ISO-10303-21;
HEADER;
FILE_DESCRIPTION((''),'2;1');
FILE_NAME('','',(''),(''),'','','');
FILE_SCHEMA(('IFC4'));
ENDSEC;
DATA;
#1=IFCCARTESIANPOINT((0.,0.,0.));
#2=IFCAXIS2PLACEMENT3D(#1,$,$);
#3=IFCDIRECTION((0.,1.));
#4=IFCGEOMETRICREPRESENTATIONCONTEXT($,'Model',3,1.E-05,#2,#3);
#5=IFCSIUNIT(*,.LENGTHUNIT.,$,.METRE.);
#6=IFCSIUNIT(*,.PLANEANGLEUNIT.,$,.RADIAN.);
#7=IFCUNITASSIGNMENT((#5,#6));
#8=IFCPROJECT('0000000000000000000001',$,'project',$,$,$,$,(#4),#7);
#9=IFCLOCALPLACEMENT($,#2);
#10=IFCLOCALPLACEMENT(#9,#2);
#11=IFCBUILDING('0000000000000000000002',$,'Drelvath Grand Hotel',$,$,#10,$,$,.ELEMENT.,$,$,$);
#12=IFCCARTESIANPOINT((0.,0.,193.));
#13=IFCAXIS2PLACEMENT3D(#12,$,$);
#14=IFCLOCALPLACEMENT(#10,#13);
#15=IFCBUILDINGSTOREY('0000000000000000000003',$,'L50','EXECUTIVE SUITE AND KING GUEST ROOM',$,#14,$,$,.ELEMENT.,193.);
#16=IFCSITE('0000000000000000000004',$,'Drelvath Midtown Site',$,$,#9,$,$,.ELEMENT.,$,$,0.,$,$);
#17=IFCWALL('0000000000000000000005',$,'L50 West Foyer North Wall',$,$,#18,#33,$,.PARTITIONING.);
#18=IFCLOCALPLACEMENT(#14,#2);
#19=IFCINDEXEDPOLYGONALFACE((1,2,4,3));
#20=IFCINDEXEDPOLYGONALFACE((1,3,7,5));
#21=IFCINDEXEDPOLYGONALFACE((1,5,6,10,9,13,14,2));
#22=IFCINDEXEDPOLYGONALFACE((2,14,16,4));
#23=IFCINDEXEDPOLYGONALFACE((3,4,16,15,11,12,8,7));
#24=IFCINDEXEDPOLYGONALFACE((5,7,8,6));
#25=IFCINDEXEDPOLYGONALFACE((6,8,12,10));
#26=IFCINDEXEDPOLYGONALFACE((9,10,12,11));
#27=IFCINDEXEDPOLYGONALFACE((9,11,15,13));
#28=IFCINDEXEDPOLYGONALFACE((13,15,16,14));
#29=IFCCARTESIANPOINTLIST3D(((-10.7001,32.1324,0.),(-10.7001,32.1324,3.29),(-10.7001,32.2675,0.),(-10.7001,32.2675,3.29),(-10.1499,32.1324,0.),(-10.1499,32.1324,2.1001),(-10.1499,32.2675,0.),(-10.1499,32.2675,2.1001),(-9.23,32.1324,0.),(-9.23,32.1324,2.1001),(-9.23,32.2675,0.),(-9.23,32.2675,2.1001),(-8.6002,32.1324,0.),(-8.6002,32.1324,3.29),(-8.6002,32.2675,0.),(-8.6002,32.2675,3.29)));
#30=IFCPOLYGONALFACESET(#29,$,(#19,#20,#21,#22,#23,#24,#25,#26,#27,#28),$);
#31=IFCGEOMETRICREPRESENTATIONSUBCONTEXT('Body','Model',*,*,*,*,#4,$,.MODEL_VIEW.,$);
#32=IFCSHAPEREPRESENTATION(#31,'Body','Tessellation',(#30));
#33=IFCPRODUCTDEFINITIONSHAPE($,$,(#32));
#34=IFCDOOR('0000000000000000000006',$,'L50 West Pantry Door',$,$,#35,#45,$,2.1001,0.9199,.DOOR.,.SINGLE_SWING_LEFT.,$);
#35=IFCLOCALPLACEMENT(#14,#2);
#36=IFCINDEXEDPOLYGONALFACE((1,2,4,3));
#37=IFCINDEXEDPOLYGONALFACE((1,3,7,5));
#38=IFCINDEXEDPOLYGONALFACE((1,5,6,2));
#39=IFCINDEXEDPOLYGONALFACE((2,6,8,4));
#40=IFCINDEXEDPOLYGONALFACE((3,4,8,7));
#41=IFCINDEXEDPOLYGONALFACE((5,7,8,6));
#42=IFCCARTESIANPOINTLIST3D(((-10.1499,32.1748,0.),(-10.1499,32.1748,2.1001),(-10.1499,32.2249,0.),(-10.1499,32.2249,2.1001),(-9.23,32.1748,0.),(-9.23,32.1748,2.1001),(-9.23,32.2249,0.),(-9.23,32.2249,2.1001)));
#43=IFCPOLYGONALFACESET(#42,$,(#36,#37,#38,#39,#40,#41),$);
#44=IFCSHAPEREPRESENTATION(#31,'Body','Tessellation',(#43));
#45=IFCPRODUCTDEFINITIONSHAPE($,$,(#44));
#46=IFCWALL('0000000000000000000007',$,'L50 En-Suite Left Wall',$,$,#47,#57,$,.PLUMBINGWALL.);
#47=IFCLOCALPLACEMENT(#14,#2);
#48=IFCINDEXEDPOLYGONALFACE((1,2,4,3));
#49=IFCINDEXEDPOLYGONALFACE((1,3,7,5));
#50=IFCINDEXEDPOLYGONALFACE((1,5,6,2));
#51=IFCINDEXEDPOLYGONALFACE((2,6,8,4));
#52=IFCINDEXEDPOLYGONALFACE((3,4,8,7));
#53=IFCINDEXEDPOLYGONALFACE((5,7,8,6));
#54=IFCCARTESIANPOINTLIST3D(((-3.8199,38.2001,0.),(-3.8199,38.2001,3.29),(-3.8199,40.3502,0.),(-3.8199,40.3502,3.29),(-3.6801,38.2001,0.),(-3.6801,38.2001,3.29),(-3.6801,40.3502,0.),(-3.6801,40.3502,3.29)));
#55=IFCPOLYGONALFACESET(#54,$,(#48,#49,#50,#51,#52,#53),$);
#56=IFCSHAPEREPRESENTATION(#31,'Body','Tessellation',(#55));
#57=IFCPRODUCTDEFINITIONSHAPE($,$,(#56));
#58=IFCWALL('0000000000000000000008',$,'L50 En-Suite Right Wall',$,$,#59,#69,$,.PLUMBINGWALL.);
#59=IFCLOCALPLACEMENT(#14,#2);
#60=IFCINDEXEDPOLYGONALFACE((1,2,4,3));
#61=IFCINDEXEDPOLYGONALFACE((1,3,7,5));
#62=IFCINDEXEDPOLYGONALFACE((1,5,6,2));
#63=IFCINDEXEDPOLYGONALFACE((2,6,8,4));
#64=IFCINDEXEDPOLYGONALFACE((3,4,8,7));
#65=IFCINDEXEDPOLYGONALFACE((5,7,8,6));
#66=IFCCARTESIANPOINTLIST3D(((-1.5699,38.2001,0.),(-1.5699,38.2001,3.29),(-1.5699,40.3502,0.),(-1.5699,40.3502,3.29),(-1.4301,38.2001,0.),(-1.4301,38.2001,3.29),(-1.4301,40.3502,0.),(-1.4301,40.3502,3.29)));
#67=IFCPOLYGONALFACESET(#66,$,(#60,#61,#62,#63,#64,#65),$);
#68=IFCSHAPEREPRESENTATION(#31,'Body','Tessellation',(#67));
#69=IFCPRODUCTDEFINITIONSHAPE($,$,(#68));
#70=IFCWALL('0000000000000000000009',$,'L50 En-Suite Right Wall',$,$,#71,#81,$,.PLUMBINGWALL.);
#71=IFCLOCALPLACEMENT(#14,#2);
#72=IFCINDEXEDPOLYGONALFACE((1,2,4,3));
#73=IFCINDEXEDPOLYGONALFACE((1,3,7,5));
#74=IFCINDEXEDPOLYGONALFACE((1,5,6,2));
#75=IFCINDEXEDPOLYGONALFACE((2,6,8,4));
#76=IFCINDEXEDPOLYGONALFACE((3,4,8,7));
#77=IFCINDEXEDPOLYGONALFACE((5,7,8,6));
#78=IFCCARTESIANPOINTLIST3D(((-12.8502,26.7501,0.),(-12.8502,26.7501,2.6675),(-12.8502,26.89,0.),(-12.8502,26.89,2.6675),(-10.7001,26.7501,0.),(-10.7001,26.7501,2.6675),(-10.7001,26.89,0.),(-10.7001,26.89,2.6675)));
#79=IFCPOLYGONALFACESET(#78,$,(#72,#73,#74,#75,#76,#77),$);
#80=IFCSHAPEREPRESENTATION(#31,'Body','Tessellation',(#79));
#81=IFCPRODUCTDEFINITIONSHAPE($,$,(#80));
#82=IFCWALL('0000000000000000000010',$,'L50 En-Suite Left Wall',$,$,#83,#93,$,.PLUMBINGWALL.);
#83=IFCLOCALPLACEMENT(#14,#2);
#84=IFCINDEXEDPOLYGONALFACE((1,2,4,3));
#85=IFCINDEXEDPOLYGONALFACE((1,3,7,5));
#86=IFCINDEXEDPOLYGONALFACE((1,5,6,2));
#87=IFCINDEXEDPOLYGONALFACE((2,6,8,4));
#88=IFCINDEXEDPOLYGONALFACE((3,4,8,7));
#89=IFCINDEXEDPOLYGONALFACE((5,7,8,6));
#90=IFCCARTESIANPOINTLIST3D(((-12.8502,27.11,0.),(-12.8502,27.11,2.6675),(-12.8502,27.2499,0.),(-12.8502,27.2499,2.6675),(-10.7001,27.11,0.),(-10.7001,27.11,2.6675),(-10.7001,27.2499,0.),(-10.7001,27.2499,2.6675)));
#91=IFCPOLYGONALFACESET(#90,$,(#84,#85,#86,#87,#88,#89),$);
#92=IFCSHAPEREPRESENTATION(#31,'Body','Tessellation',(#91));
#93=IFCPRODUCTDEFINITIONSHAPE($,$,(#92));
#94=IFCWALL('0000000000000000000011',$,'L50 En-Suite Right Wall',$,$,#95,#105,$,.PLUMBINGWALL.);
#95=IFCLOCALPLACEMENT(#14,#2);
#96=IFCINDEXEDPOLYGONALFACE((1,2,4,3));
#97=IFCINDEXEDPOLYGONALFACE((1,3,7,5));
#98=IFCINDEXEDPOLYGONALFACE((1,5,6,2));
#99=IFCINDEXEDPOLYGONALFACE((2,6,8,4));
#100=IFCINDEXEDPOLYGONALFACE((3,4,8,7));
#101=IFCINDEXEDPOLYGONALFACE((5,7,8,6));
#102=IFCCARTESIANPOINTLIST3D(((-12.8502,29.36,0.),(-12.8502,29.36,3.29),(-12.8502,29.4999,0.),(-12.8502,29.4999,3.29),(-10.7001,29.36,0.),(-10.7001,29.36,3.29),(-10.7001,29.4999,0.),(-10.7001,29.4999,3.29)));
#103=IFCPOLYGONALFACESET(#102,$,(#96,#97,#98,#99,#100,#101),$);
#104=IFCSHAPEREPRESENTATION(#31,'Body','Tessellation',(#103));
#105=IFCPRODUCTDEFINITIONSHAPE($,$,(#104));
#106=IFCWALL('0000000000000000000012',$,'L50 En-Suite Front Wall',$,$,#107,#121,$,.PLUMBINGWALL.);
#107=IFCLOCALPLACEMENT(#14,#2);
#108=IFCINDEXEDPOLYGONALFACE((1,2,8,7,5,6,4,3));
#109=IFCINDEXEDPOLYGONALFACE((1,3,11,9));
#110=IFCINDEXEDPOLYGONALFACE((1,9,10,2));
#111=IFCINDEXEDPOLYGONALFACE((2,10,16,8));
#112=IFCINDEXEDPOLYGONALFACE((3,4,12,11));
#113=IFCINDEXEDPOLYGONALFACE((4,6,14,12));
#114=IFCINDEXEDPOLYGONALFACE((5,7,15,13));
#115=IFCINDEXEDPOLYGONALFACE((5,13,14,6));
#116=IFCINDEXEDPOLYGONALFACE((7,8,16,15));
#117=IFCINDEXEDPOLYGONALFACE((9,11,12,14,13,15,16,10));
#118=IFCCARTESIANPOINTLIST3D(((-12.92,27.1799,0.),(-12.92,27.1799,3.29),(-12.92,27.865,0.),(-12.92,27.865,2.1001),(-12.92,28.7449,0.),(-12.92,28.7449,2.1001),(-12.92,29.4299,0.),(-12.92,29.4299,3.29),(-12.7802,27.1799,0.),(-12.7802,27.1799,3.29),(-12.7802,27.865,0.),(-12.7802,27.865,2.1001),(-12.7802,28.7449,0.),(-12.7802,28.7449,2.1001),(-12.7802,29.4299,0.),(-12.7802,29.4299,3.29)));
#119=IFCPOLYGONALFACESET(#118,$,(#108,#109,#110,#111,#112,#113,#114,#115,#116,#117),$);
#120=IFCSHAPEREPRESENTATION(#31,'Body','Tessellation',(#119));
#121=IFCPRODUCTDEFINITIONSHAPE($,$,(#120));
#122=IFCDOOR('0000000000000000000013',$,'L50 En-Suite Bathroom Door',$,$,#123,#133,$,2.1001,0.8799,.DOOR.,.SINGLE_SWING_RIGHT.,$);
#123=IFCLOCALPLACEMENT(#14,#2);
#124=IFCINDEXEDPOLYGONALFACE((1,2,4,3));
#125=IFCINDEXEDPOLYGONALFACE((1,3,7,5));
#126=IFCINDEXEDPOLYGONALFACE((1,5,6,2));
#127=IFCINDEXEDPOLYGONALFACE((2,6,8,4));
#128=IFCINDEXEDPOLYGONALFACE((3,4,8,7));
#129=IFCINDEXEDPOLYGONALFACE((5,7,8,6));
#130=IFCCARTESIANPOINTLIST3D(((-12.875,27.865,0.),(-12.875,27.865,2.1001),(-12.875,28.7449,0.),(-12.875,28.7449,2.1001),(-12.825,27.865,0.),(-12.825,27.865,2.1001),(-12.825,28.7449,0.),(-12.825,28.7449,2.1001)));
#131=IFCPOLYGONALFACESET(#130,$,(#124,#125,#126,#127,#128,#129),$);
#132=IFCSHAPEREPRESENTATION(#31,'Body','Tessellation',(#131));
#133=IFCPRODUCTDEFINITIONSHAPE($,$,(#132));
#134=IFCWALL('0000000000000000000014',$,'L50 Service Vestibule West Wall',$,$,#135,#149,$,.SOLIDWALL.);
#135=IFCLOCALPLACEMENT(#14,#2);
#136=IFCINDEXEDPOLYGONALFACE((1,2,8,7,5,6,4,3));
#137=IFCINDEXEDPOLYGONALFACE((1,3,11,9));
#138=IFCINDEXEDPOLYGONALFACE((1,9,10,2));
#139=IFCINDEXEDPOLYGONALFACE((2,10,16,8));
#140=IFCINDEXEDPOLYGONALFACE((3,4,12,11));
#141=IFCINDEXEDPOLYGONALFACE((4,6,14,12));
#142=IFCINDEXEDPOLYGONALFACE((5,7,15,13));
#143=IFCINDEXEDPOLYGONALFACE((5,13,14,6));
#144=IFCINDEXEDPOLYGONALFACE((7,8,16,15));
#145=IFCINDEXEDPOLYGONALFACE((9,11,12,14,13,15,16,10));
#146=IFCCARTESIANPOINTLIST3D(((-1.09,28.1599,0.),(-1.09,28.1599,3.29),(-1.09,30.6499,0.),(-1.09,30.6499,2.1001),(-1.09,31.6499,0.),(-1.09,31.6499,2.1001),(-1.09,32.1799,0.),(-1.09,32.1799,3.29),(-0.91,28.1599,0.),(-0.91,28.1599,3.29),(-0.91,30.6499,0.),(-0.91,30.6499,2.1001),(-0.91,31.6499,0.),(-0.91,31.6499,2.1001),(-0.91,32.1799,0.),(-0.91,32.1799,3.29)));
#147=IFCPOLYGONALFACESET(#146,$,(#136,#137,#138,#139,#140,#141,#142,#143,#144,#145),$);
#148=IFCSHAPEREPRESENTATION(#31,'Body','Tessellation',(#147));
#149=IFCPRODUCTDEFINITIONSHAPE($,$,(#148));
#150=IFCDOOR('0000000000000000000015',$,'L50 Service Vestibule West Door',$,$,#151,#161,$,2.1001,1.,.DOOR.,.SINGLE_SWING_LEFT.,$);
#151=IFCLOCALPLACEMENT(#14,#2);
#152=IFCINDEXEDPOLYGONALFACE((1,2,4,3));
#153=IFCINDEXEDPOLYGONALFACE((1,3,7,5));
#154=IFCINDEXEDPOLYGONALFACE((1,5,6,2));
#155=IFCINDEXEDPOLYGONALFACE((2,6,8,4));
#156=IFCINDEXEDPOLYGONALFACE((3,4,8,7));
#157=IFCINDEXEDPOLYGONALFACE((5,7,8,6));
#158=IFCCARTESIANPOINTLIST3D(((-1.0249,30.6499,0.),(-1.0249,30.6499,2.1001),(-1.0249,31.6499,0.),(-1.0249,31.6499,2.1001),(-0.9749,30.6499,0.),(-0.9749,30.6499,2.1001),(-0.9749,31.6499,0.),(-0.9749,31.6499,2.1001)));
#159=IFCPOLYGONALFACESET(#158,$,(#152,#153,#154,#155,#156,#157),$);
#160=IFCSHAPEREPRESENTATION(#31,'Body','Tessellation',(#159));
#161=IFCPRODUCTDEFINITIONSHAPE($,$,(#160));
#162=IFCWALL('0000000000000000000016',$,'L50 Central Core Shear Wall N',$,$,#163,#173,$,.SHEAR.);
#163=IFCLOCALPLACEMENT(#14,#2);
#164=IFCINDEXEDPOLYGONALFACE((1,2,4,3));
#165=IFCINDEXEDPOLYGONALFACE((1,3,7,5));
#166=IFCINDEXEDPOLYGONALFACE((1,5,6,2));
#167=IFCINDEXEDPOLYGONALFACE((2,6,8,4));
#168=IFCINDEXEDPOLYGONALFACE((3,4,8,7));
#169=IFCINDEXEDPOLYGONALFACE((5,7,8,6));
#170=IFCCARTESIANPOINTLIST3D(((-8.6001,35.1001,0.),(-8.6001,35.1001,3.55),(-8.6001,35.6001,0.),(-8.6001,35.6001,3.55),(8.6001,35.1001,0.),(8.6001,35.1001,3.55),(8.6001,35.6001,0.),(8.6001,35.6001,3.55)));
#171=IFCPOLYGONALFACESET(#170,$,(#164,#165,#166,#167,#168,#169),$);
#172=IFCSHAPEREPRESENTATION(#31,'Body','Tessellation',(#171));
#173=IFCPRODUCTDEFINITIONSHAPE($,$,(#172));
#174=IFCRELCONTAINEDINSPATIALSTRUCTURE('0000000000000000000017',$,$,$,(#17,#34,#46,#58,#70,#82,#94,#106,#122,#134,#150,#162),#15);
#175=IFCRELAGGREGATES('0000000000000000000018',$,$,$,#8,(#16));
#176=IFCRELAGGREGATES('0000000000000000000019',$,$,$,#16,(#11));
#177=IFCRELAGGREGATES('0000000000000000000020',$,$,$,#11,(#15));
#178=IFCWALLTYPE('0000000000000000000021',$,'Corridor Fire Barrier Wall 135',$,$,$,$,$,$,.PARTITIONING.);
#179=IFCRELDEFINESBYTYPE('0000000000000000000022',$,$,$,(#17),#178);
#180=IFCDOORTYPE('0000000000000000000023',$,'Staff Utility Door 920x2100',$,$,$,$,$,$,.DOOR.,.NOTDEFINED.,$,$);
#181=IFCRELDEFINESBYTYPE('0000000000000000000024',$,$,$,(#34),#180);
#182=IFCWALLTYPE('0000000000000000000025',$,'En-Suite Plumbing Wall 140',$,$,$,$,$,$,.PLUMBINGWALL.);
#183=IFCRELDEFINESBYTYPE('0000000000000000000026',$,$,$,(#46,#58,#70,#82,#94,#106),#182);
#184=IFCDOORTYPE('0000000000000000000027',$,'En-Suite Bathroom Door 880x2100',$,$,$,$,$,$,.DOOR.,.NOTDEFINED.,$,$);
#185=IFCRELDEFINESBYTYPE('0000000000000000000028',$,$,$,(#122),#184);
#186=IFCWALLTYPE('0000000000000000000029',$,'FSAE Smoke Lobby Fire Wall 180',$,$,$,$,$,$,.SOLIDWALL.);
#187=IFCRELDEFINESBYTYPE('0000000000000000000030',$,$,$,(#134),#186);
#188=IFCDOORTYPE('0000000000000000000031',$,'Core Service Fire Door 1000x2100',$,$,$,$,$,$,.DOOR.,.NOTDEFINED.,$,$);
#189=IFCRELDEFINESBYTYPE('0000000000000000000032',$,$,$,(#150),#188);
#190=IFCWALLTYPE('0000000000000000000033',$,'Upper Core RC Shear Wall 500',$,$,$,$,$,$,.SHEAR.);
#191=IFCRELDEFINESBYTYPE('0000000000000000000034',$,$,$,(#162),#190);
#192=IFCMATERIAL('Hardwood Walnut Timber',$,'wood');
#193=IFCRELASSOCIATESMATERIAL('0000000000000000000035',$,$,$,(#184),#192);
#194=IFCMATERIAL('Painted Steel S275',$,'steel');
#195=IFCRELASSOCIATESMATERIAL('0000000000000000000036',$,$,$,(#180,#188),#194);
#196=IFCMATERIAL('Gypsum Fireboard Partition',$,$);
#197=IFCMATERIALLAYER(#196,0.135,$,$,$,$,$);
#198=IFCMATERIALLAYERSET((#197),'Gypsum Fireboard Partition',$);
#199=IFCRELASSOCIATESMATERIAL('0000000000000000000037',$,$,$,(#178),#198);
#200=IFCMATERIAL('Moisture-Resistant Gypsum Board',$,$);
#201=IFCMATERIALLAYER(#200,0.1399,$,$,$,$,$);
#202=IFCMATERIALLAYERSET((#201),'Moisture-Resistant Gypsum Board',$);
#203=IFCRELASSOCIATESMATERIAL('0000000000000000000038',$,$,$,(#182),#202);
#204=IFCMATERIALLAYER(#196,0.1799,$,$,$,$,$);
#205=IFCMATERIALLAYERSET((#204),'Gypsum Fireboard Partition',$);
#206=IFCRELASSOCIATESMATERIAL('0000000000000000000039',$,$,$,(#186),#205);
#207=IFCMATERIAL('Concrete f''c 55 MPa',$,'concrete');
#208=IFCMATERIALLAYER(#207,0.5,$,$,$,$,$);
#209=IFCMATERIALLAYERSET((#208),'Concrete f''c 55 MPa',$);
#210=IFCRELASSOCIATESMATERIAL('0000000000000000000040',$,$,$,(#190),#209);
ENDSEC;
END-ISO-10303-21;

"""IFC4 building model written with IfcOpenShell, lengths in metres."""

from ifc_helpers import new_model, si_unit, direction, frame, frame_2d, origin, place, context, subcontext, project, spatial, rectangle, extrude, material, layer, layer_set, type_object, element, fill, save


model = new_model("IFC4")

# Units and contexts
model_context = context("Model", 3, precision=1e-05, world=origin(), true_north=direction((0.0, 1.0)))
body_context = subcontext(model_context, "Body", "Model", "MODEL_VIEW")
ifc_project = project(units=[si_unit("LENGTHUNIT", "METRE"), si_unit("PLANEANGLEUNIT", "RADIAN")], contexts=[model_context])

# Site, building, storey
site_placement = place(None, origin())
site = spatial("IfcSite", under=ifc_project, at=site_placement, Name="Drelvath Midtown Site", CompositionType="ELEMENT", RefElevation=0.0)
building_placement = place(site_placement, origin())
building = spatial("IfcBuilding", under=site, at=building_placement, Name="Drelvath Grand Hotel", CompositionType="ELEMENT")
storey_placement = place(building_placement, frame((0.0, 0.0, 193.0)))
storey = spatial("IfcBuildingStorey", under=building, at=storey_placement, Name="L50", Description="EXECUTIVE SUITE AND KING GUEST ROOM", CompositionType="ELEMENT", Elevation=193.0)

# Shared definitions
ifc_material_1 = material(Name="Concrete f'c 55 MPa", Category="concrete")

# Shared definitions
ifc_material_2 = material(Name="Hardwood Walnut Timber", Category="wood")
door_type_1 = type_object("IfcDoorType", Name="En-Suite Bathroom Door 880x2100", OperationType="NOTDEFINED", PredefinedType="DOOR", material=ifc_material_2)
ifc_material_3 = material(Name="Painted Steel S275", Category="steel")
door_type_2 = type_object("IfcDoorType", Name="Staff Utility Door 920x2100", OperationType="NOTDEFINED", PredefinedType="DOOR", material=ifc_material_3)

# Shared definitions
ifc_material_4 = material(Name="Gypsum Fireboard Partition")

# Wall, opening, door
ifc_layer_1 = layer(ifc_material_4, 0.135)
ifc_layer_set_1 = layer_set([ifc_layer_1], Name="Gypsum Fireboard Partition")
wall_type_1 = type_object("IfcWallType", Name="Corridor Fire Barrier Wall 135", PredefinedType="PARTITIONING", material=ifc_layer_set_1)
wall_1_placement = place(storey_placement, frame((-10.7, 32.2, 0.0), z_axis=(0.0, 0.0, 1.0), x_axis=(1.0, 0.0, 0.0)))
wall_1 = element("IfcWall", 1, at=wall_1_placement, inside=storey, type_object=wall_type_1, Name="L50 West Foyer North Wall", PredefinedType="PARTITIONING", context=body_context, shape_type="SweptSolid", body=[
    extrude(rectangle(XDim=2.0999, YDim=0.135, at=frame_2d((1.0498, 0.0))), origin(), (0.0, 0.0, 1.0), 3.29),
])
opening_1_placement = place(wall_1_placement, frame((0.55, 0.0, 0.0)))
opening_1 = element("IfcOpeningElement", 2, at=opening_1_placement, cuts=wall_1, PredefinedType="OPENING", context=body_context, shape_type="SweptSolid", body=[
    extrude(rectangle(XDim=0.9199, YDim=2.1001, at=frame_2d((0.46, 1.05))), frame((0.0, 0.0774, 0.0), z_axis=(0.0, -1.0, 0.0), x_axis=(1.0, 0.0, 0.0)), (0.0, 0.0, 1.0), 0.155),
])
door_1_placement = place(opening_1_placement, origin())
door_1 = element("IfcDoor", 3, at=door_1_placement, inside=storey, type_object=door_type_2, Name="L50 West Pantry Door", OperationType="SINGLE_SWING_LEFT", OverallHeight=2.1001, OverallWidth=0.9199, PredefinedType="DOOR", context=body_context, shape_type="SweptSolid", body=[
    extrude(rectangle(XDim=0.9199, YDim=2.1001, at=frame_2d((0.46, 1.05))), frame((0.0, 0.0249, 0.0), z_axis=(0.0, -1.0, 0.0), x_axis=(1.0, 0.0, 0.0)), (0.0, 0.0, 1.0), 0.05),
])
fill(opening_1, door_1)

# Walls
ifc_material_5 = material(Name="Moisture-Resistant Gypsum Board")
ifc_layer_2 = layer(ifc_material_5, 0.1399)
ifc_layer_set_2 = layer_set([ifc_layer_2], Name="Moisture-Resistant Gypsum Board")
wall_type_2 = type_object("IfcWallType", Name="En-Suite Plumbing Wall 140", PredefinedType="PLUMBINGWALL", material=ifc_layer_set_2)
for number, where, z_axis, x_axis, name in (
    (4, (-3.75, 38.2, 0.0), (0.0, 0.0, 1.0), (0.0, 1.0, 0.0), "L50 En-Suite Left Wall"),
    (5, (-1.5, 38.2, 0.0), (0.0, 0.0, 1.0), (0.0, 1.0, 0.0), "L50 En-Suite Right Wall"),
):
    element("IfcWall", number, at=place(storey_placement, frame(where, z_axis=z_axis, x_axis=x_axis)), inside=storey, type_object=wall_type_2, Name=name, PredefinedType="PLUMBINGWALL", context=body_context, shape_type="SweptSolid", body=[
        extrude(rectangle(XDim=2.1501, YDim=0.1399, at=frame_2d((1.0752, 0.0))), origin(), (0.0, 0.0, 1.0), 3.29),
    ])
for number, where, z_axis, x_axis, name in (
    (6, (-10.7, 26.8201, 0.0), (0.0, 0.0, 1.0), (-1.0, 0.0, 0.0), "L50 En-Suite Right Wall"),
    (7, (-10.7, 27.1799, 0.0), (0.0, 0.0, 1.0), (-1.0, 0.0, 0.0), "L50 En-Suite Left Wall"),
):
    element("IfcWall", number, at=place(storey_placement, frame(where, z_axis=z_axis, x_axis=x_axis)), inside=storey, type_object=wall_type_2, Name=name, PredefinedType="PLUMBINGWALL", context=body_context, shape_type="SweptSolid", body=[
        extrude(rectangle(XDim=2.1501, YDim=0.1399, at=frame_2d((1.0752, 0.0))), origin(), (0.0, 0.0, 1.0), 2.6675),
    ])
wall_2_placement = place(storey_placement, frame((-10.7, 29.4299, 0.0), z_axis=(0.0, 0.0, 1.0), x_axis=(-1.0, 0.0, 0.0)))
element("IfcWall", 8, at=wall_2_placement, inside=storey, type_object=wall_type_2, Name="L50 En-Suite Right Wall", PredefinedType="PLUMBINGWALL", context=body_context, shape_type="SweptSolid", body=[
    extrude(rectangle(XDim=2.1501, YDim=0.1399, at=frame_2d((1.0752, 0.0))), origin(), (0.0, 0.0, 1.0), 3.29),
])

# Walls, openings, doors
wall_3_placement = place(storey_placement, frame((-12.8501, 27.1799, 0.0), z_axis=(0.0, 0.0, 1.0), x_axis=(0.0, 1.0, 0.0)))
wall_3 = element("IfcWall", 9, at=wall_3_placement, inside=storey, type_object=wall_type_2, Name="L50 En-Suite Front Wall", PredefinedType="PLUMBINGWALL", context=body_context, shape_type="SweptSolid", body=[
    extrude(rectangle(XDim=2.25, YDim=0.1399, at=frame_2d((1.125, 0.0))), origin(), (0.0, 0.0, 1.0), 3.29),
])
opening_2_placement = place(wall_3_placement, frame((0.6851, 0.0, 0.0)))
opening_2 = element("IfcOpeningElement", 10, at=opening_2_placement, cuts=wall_3, PredefinedType="OPENING", context=body_context, shape_type="SweptSolid", body=[
    extrude(rectangle(XDim=0.8799, YDim=2.1001, at=frame_2d((0.4399, 1.05))), frame((0.0, 0.0798, 0.0), z_axis=(0.0, -1.0, 0.0), x_axis=(1.0, 0.0, 0.0)), (0.0, 0.0, 1.0), 0.1599),
])
door_2_placement = place(opening_2_placement, origin())
door_2 = element("IfcDoor", 11, at=door_2_placement, inside=storey, type_object=door_type_1, Name="L50 En-Suite Bathroom Door", OperationType="SINGLE_SWING_RIGHT", OverallHeight=2.1001, OverallWidth=0.8799, PredefinedType="DOOR", context=body_context, shape_type="SweptSolid", body=[
    extrude(rectangle(XDim=0.8799, YDim=2.1001, at=frame_2d((0.4399, 1.05))), frame((0.0, 0.0249, 0.0), z_axis=(0.0, -1.0, 0.0), x_axis=(1.0, 0.0, 0.0)), (0.0, 0.0, 1.0), 0.05),
])
fill(opening_2, door_2)
ifc_layer_3 = layer(ifc_material_4, 0.1799)
ifc_layer_set_3 = layer_set([ifc_layer_3], Name="Gypsum Fireboard Partition")
wall_type_3 = type_object("IfcWallType", Name="FSAE Smoke Lobby Fire Wall 180", PredefinedType="SOLIDWALL", material=ifc_layer_set_3)
wall_4_placement = place(storey_placement, frame((-1.0, 28.1599, 0.0), z_axis=(0.0, 0.0, 1.0), x_axis=(0.0, 1.0, 0.0)))
wall_4 = element("IfcWall", 12, at=wall_4_placement, inside=storey, type_object=wall_type_3, Name="L50 Service Vestibule West Wall", PredefinedType="SOLIDWALL", context=body_context, shape_type="SweptSolid", body=[
    extrude(rectangle(XDim=4.02, YDim=0.1799, at=frame_2d((2.01, 0.0))), origin(), (0.0, 0.0, 1.0), 3.29),
])
opening_3_placement = place(wall_4_placement, frame((2.49, 0.0, 0.0)))
opening_3 = element("IfcOpeningElement", 13, at=opening_3_placement, cuts=wall_4, PredefinedType="OPENING", context=body_context, shape_type="SweptSolid", body=[
    extrude(rectangle(XDim=1.0, YDim=2.1001, at=frame_2d((0.5, 1.05))), frame((0.0, 0.0999, 0.0), z_axis=(0.0, -1.0, 0.0), x_axis=(1.0, 0.0, 0.0)), (0.0, 0.0, 1.0), 0.2),
])
door_type_3 = type_object("IfcDoorType", Name="Core Service Fire Door 1000x2100", OperationType="NOTDEFINED", PredefinedType="DOOR", material=ifc_material_3)
door_3_placement = place(opening_3_placement, origin())
door_3 = element("IfcDoor", 14, at=door_3_placement, inside=storey, type_object=door_type_3, Name="L50 Service Vestibule West Door", OperationType="SINGLE_SWING_LEFT", OverallHeight=2.1001, OverallWidth=1.0, PredefinedType="DOOR", context=body_context, shape_type="SweptSolid", body=[
    extrude(rectangle(XDim=1.0, YDim=2.1001, at=frame_2d((0.5, 1.05))), frame((0.0, 0.0249, 0.0), z_axis=(0.0, -1.0, 0.0), x_axis=(1.0, 0.0, 0.0)), (0.0, 0.0, 1.0), 0.05),
])
fill(opening_3, door_3)

# Wall
ifc_layer_4 = layer(ifc_material_1, 0.5)
ifc_layer_set_4 = layer_set([ifc_layer_4], Name="Concrete f'c 55 MPa")
wall_type_4 = type_object("IfcWallType", Name="Upper Core RC Shear Wall 500", PredefinedType="SHEAR", material=ifc_layer_set_4)
wall_5_placement = place(storey_placement, frame((-8.6001, 35.3501, 0.0), z_axis=(0.0, 0.0, 1.0), x_axis=(1.0, 0.0, 0.0)))
element("IfcWall", 15, at=wall_5_placement, inside=storey, type_object=wall_type_4, Name="L50 Central Core Shear Wall N", PredefinedType="SHEAR", context=body_context, shape_type="SweptSolid", body=[
    extrude(rectangle(XDim=17.2002, YDim=0.5, at=frame_2d((8.6001, 0.0))), origin(), (0.0, 0.0, 1.0), 3.55),
])

save(model, "model.ifc")
